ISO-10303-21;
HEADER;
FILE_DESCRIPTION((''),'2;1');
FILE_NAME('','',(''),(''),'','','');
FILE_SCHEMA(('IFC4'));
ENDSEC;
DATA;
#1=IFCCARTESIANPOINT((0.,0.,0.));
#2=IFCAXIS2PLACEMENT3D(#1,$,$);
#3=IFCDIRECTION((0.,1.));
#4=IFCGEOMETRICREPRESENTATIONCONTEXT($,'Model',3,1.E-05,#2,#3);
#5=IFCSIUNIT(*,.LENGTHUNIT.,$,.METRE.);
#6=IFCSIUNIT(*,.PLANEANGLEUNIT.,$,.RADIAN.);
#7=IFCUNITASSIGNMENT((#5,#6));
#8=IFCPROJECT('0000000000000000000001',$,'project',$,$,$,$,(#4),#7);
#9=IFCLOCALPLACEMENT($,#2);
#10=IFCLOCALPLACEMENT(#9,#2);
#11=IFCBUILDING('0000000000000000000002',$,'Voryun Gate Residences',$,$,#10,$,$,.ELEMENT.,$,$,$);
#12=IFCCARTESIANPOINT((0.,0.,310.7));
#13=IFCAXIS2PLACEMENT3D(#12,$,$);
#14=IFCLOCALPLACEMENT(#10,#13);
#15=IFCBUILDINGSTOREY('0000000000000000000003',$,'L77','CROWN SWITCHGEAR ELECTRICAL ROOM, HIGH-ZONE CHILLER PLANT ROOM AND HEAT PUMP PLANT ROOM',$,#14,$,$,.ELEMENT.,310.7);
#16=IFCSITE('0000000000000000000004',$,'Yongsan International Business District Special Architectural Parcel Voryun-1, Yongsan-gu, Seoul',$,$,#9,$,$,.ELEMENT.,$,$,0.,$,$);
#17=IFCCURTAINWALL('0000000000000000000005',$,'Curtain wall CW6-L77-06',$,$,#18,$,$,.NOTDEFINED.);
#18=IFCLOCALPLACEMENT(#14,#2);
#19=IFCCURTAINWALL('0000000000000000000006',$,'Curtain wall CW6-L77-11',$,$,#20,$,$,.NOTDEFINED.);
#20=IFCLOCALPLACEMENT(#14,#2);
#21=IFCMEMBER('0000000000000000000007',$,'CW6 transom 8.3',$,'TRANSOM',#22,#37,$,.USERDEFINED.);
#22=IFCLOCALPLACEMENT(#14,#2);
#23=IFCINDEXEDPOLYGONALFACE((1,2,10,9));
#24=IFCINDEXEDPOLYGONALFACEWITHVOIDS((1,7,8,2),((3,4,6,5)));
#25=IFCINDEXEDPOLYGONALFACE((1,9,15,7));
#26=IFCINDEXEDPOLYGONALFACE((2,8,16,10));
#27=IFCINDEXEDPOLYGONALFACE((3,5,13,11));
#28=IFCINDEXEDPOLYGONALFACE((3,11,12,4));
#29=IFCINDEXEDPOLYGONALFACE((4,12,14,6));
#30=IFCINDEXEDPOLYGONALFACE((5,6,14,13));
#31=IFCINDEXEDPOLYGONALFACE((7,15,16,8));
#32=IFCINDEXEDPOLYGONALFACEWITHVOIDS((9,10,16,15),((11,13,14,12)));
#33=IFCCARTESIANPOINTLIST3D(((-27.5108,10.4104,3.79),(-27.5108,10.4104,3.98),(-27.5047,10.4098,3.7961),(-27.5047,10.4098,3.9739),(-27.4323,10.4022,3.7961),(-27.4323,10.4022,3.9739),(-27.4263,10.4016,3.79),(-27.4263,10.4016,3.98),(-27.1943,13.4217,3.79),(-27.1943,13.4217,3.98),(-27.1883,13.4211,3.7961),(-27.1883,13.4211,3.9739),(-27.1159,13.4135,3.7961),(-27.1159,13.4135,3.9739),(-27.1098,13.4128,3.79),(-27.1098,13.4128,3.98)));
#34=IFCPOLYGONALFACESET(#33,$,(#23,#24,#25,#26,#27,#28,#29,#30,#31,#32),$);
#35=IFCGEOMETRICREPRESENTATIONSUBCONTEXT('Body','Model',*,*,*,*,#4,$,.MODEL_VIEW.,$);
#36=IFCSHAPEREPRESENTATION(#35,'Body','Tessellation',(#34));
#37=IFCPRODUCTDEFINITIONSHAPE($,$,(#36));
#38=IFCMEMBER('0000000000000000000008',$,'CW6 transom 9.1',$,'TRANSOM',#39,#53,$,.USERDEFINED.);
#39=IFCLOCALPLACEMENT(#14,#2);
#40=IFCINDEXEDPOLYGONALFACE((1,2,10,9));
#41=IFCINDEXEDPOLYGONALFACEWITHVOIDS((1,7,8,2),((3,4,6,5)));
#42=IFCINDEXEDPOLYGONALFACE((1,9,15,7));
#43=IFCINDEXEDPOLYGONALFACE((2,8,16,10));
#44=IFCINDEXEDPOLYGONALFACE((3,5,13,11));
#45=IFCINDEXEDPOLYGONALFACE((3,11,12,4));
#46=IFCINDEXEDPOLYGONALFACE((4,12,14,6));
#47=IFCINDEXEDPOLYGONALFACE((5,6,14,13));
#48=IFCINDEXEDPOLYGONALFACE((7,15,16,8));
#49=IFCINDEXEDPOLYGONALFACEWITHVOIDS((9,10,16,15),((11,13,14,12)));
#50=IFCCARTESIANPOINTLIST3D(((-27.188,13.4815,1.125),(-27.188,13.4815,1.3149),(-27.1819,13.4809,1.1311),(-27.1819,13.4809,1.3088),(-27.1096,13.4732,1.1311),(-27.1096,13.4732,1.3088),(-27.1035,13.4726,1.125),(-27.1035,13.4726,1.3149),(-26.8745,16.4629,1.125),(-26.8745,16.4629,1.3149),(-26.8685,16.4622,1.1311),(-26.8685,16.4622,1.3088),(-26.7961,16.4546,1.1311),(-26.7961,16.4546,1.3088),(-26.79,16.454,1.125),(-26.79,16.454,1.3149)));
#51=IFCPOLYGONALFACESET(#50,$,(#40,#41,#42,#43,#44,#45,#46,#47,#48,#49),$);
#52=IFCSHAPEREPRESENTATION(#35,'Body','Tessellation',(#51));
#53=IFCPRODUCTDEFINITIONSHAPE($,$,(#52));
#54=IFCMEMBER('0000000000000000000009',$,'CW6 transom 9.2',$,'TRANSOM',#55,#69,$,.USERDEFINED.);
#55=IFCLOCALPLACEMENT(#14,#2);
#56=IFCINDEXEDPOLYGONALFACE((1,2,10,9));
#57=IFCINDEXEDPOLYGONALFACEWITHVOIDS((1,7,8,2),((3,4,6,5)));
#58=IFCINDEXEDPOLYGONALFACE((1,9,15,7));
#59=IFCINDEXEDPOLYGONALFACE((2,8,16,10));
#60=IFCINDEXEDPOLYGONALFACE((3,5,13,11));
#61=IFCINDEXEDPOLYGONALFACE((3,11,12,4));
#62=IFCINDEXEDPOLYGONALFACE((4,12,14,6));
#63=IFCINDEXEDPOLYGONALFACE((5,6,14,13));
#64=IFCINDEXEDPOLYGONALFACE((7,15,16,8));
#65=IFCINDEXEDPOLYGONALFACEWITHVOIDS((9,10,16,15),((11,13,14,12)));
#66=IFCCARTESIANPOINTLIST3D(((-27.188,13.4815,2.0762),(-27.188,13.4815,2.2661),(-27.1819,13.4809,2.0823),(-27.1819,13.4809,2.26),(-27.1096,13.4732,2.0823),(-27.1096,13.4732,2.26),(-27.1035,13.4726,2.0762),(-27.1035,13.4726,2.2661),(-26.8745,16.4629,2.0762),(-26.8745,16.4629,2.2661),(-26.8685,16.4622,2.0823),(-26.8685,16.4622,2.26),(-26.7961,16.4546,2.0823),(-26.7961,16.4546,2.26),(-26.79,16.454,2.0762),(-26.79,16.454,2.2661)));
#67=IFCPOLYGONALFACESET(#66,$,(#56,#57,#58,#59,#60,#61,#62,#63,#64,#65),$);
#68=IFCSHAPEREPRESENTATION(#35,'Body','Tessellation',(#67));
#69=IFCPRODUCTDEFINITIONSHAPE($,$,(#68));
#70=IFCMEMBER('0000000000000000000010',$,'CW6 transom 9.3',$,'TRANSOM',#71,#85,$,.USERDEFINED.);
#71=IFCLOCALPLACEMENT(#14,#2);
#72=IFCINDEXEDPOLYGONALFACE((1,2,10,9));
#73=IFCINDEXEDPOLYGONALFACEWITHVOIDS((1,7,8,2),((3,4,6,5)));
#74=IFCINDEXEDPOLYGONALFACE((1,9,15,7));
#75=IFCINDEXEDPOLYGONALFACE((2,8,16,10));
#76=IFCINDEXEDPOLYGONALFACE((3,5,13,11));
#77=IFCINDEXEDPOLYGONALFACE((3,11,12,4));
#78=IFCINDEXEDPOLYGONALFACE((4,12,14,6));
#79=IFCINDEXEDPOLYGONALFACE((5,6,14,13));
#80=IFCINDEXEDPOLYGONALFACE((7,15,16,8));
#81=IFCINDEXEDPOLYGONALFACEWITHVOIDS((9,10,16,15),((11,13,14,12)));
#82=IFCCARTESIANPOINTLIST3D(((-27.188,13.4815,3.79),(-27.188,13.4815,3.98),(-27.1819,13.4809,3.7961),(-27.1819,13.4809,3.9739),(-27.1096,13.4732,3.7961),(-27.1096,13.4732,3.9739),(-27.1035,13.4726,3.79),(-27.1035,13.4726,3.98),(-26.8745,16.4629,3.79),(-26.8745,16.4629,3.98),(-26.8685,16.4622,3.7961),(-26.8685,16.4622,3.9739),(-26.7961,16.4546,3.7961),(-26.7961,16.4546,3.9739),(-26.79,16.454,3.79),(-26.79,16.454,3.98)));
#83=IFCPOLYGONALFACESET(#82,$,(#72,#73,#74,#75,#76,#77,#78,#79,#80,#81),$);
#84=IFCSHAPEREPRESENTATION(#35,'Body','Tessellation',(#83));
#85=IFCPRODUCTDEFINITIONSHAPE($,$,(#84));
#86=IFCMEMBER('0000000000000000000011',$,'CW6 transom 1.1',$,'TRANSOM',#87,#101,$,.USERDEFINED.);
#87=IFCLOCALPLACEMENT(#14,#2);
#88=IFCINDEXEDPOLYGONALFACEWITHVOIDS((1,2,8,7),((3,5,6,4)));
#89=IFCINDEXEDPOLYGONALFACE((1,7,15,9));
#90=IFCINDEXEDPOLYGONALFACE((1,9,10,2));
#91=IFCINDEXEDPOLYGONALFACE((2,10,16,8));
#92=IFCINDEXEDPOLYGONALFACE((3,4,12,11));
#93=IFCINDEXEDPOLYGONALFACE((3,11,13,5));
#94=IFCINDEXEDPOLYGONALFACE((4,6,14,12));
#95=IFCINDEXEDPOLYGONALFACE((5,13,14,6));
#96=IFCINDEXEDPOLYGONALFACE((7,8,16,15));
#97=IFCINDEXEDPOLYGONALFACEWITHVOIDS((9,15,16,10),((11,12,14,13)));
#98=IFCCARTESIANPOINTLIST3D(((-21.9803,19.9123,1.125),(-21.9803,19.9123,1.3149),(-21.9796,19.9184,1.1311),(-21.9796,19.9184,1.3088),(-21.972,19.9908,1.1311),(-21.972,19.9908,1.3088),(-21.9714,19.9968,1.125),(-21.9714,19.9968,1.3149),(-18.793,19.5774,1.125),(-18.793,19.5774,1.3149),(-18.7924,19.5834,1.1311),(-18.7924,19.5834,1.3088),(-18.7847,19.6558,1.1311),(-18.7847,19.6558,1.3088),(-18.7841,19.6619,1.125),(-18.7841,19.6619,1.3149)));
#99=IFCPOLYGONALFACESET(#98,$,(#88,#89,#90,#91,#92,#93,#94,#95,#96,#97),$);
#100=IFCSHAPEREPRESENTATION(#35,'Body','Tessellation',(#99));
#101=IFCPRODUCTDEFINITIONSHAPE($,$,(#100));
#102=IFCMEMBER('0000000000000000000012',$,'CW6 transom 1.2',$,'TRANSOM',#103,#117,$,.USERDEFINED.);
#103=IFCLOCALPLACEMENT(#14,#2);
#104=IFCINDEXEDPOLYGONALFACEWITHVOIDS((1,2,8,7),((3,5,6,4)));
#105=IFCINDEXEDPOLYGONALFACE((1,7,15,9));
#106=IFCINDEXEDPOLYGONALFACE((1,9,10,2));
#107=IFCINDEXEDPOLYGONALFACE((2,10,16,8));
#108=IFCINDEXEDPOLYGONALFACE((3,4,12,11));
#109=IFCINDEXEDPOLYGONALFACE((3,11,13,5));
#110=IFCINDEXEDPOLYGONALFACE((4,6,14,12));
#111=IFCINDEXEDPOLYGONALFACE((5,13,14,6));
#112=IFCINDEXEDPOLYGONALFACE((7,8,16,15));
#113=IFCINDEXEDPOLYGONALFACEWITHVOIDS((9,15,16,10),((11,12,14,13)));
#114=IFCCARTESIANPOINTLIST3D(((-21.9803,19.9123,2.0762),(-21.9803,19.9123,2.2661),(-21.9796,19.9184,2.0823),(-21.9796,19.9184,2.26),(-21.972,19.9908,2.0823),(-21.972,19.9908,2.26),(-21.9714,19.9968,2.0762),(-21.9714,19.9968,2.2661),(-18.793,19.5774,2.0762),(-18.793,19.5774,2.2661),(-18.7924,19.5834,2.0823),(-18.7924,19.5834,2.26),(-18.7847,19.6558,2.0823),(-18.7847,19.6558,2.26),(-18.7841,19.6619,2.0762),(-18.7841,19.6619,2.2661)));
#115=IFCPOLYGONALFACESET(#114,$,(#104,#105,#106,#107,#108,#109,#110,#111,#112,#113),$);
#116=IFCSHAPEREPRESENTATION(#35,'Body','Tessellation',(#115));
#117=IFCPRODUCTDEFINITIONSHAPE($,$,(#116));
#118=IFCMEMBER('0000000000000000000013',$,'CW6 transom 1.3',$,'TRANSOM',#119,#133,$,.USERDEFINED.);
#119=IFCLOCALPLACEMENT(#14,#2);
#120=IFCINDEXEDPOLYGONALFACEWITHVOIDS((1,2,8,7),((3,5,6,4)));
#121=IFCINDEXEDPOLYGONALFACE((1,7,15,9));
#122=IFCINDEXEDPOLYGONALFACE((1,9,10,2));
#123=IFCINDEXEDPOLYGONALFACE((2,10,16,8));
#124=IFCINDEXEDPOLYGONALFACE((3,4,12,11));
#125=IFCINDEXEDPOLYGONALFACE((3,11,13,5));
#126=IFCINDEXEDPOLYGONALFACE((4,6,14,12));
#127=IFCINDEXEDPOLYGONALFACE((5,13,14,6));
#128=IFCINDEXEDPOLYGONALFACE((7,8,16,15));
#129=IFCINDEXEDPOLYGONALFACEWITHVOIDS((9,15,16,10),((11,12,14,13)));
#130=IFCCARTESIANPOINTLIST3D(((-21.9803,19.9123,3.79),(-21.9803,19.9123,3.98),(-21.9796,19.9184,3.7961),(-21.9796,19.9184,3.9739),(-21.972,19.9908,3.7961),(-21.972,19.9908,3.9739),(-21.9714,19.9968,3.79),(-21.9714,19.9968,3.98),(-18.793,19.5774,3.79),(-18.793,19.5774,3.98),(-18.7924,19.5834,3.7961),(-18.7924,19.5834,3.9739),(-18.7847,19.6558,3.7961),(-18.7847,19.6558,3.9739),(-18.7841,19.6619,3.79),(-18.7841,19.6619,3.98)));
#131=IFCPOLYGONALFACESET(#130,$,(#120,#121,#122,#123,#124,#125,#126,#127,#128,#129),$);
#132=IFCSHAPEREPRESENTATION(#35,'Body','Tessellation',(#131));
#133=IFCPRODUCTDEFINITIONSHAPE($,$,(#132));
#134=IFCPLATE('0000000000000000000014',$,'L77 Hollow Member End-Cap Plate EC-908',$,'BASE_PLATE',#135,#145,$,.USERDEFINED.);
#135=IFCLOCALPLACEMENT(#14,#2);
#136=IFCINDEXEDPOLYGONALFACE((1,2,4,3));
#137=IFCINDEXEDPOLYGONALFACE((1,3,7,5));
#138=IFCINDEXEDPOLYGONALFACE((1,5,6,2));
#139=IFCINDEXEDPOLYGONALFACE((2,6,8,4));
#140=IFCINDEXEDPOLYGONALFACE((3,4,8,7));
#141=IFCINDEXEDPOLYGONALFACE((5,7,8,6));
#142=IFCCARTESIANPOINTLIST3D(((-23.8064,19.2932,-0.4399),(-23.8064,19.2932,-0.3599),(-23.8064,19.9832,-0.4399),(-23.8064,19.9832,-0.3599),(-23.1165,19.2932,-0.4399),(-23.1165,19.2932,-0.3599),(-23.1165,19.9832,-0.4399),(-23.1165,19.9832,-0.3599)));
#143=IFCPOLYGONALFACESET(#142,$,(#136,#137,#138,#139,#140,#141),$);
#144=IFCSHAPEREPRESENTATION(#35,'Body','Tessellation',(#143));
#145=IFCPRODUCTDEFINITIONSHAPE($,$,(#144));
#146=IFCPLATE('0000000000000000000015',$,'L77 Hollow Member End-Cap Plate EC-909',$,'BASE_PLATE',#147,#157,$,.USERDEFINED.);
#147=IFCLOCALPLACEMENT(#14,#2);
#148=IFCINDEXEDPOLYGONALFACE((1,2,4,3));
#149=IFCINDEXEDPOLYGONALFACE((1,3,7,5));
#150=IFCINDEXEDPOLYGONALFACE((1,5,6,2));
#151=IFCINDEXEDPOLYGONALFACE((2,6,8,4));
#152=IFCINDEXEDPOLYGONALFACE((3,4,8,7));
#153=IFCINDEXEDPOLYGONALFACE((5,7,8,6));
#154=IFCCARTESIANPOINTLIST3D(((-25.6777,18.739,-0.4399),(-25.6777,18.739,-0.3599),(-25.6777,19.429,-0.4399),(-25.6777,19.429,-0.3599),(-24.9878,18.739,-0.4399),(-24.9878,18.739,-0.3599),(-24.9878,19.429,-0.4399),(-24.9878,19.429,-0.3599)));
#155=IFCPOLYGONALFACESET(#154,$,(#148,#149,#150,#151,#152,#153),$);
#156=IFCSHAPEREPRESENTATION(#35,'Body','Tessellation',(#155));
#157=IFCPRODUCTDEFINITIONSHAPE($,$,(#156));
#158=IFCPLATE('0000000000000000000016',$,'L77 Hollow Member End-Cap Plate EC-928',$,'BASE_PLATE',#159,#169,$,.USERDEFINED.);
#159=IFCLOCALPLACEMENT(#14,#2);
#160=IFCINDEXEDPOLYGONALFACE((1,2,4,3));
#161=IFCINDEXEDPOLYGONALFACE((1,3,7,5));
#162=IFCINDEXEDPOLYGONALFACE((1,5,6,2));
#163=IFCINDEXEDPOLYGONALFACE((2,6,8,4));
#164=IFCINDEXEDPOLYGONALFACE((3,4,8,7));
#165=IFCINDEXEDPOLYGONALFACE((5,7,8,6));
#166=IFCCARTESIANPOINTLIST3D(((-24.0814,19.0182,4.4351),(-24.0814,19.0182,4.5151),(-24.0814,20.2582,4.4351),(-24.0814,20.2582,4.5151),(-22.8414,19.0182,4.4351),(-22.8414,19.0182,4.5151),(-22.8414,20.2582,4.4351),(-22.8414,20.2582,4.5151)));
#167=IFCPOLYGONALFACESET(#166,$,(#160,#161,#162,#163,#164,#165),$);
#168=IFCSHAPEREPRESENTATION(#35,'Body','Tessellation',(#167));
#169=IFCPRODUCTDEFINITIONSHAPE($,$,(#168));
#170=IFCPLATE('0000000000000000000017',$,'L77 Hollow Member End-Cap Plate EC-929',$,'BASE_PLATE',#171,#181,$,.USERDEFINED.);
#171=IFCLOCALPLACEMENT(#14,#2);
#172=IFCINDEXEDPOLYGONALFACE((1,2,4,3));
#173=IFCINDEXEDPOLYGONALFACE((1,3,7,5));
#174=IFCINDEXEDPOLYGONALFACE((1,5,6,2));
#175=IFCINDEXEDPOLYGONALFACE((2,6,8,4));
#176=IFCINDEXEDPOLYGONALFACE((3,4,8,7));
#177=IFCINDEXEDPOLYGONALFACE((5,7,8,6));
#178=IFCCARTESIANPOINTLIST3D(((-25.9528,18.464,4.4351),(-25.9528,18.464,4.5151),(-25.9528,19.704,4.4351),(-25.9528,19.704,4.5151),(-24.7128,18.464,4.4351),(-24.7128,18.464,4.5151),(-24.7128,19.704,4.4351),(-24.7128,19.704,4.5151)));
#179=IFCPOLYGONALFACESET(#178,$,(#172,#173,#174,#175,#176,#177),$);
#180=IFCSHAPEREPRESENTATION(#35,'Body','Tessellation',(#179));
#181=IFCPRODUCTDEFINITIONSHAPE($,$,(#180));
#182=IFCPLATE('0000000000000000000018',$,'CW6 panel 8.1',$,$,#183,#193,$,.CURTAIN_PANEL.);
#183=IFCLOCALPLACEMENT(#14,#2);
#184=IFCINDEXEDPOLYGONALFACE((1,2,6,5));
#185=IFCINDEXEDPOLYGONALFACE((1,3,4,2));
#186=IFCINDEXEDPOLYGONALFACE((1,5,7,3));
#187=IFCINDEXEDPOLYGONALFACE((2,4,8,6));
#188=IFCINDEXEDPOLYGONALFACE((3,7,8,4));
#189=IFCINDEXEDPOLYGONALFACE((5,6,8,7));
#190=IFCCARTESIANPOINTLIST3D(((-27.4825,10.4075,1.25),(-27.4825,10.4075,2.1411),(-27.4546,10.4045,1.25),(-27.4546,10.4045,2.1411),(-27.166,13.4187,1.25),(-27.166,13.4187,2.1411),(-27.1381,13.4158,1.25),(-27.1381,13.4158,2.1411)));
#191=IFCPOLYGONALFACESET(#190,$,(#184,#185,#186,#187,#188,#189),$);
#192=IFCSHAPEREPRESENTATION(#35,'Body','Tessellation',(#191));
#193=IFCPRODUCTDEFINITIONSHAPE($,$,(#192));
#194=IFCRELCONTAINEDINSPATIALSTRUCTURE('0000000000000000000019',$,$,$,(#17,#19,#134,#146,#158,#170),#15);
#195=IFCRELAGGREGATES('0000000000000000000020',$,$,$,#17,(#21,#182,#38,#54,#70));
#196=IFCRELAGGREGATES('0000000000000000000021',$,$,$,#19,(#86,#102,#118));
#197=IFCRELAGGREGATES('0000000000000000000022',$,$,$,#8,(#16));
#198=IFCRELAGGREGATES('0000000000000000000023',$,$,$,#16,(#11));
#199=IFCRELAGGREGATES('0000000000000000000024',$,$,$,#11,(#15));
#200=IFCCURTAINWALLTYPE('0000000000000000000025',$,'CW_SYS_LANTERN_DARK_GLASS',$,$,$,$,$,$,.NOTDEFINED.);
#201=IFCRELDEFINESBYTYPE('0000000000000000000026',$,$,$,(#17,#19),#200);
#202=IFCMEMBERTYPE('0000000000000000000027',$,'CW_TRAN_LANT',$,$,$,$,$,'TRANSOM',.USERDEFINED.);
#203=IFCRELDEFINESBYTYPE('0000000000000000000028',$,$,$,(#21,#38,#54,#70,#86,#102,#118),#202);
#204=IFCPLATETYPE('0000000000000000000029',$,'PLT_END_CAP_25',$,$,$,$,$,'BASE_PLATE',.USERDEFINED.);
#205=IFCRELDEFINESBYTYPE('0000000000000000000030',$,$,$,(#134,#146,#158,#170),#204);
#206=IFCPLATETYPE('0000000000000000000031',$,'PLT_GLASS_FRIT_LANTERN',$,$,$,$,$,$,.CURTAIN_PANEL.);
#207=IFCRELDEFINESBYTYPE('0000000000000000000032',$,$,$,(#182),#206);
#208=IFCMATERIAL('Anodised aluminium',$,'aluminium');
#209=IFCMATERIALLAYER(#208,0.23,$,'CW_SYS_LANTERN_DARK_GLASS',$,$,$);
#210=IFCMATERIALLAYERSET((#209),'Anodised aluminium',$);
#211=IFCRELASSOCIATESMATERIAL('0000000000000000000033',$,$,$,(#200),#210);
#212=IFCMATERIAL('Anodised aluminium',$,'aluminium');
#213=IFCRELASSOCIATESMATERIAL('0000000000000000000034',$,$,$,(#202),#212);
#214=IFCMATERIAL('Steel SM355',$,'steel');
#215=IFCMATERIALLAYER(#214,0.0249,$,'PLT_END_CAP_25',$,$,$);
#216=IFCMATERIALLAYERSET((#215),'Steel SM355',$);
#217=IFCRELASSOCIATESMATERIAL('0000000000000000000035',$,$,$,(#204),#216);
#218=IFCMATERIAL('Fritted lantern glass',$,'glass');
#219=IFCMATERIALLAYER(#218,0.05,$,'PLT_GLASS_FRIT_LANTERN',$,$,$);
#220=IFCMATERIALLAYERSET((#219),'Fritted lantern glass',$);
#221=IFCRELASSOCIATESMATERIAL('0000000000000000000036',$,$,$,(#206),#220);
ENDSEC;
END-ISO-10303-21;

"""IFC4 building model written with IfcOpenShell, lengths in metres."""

from ifc_helpers import new_model, si_unit, direction, frame, origin, origin_2d, place, context, subcontext, project, spatial, rectangle, hollow_rectangle, extrude, material, layer, layer_set, material_profile, profile_set, type_object, element, aggregate, save


model = new_model("IFC4")

# Units and contexts
model_context = context("Model", 3, precision=1e-05, world=origin(), true_north=direction((0.0, 1.0)))
body_context = subcontext(model_context, "Body", "Model", "MODEL_VIEW")
ifc_project = project(units=[si_unit("LENGTHUNIT", "METRE"), si_unit("PLANEANGLEUNIT", "RADIAN")], contexts=[model_context])

# Site, building, storey
site_placement = place(None, origin())
site = spatial("IfcSite", under=ifc_project, at=site_placement, Name="Yongsan International Business District Special Architectural Parcel Voryun-1, Yongsan-gu, Seoul", CompositionType="ELEMENT", RefElevation=0.0)
building_placement = place(site_placement, origin())
building = spatial("IfcBuilding", under=site, at=building_placement, Name="Voryun Gate Residences", CompositionType="ELEMENT")
storey_placement = place(building_placement, frame((0.0, 0.0, 310.7)))
storey = spatial("IfcBuildingStorey", under=building, at=storey_placement, Name="L77", Description="CROWN SWITCHGEAR ELECTRICAL ROOM, HIGH-ZONE CHILLER PLANT ROOM AND HEAT PUMP PLANT ROOM", CompositionType="ELEMENT", Elevation=310.7)

# Curtain wall
ifc_material_1 = material(Name="Anodised aluminium", Category="aluminium")
ifc_layer_1 = layer(ifc_material_1, 0.23, Name="CW_SYS_LANTERN_DARK_GLASS")
ifc_layer_set_1 = layer_set([ifc_layer_1], Name="Anodised aluminium")
curtain_wall_type = type_object("IfcCurtainWallType", Name="CW_SYS_LANTERN_DARK_GLASS", PredefinedType="NOTDEFINED", material=ifc_layer_set_1)
curtain_wall_1_placement = place(storey_placement, origin())
curtain_wall_1 = element("IfcCurtainWall", 1, at=curtain_wall_1_placement, inside=storey, type_object=curtain_wall_type, Name="Curtain wall CW6-L77-06", PredefinedType="NOTDEFINED")

# Curtain wall
curtain_wall_2_placement = place(storey_placement, origin())
curtain_wall_2 = element("IfcCurtainWall", 2, at=curtain_wall_2_placement, inside=storey, type_object=curtain_wall_type, Name="Curtain wall CW6-L77-11", PredefinedType="NOTDEFINED")

# Members
ifc_material_2 = material(Name="Anodised aluminium", Category="aluminium")
ifc_material_profile_1 = material_profile(ifc_material_2, hollow_rectangle(XDim=0.085, YDim=0.1899, WallThickness=0.0061, at=origin_2d()), Name="ALU-TRAN-190x85x6")
ifc_profile_set_1 = profile_set([ifc_material_profile_1], Name="Anodised aluminium")
member_type_1 = type_object("IfcMemberType", Name="CW_TRAN_LANT", ElementType="TRANSOM", PredefinedType="USERDEFINED", material=ifc_profile_set_1)
member_1_placement = place(storey_placement, frame((-27.4685, 10.406, 3.885), z_axis=(0.1045, 0.994525, 0.0), x_axis=(-0.994525, 0.1045, 0.0)))
member_1 = element("IfcMember", 3, at=member_1_placement, type_object=member_type_1, Name="CW6 transom 8.3", ObjectType="TRANSOM", PredefinedType="USERDEFINED", context=body_context, shape_type="SweptSolid", body=[
    extrude(hollow_rectangle(XDim=0.085, YDim=0.1899, WallThickness=0.0061, at=origin_2d()), origin(), (0.0, 0.0, 1.0), 3.0278),
])
member_2_placement = place(storey_placement, frame((-27.1458, 13.4771, 1.22), z_axis=(0.104566, 0.994518, 0.0), x_axis=(-0.994518, 0.104566, 0.0)))
member_2 = element("IfcMember", 4, at=member_2_placement, type_object=member_type_1, Name="CW6 transom 9.1", ObjectType="TRANSOM", PredefinedType="USERDEFINED", context=body_context, shape_type="SweptSolid", body=[
    extrude(hollow_rectangle(XDim=0.085, YDim=0.1899, WallThickness=0.0061, at=origin_2d()), origin(), (0.0, 0.0, 1.0), 2.9978),
])
member_3_placement = place(storey_placement, frame((-27.1458, 13.4771, 2.1711), z_axis=(0.104566, 0.994518, 0.0), x_axis=(-0.994518, 0.104566, 0.0)))
member_3 = element("IfcMember", 5, at=member_3_placement, type_object=member_type_1, Name="CW6 transom 9.2", ObjectType="TRANSOM", PredefinedType="USERDEFINED", context=body_context, shape_type="SweptSolid", body=[
    extrude(hollow_rectangle(XDim=0.085, YDim=0.1899, WallThickness=0.0061, at=origin_2d()), origin(), (0.0, 0.0, 1.0), 2.9978),
])
member_4_placement = place(storey_placement, frame((-27.1458, 13.4771, 3.885), z_axis=(0.104566, 0.994518, 0.0), x_axis=(-0.994518, 0.104566, 0.0)))
member_4 = element("IfcMember", 6, at=member_4_placement, type_object=member_type_1, Name="CW6 transom 9.3", ObjectType="TRANSOM", PredefinedType="USERDEFINED", context=body_context, shape_type="SweptSolid", body=[
    extrude(hollow_rectangle(XDim=0.085, YDim=0.1899, WallThickness=0.0061, at=origin_2d()), origin(), (0.0, 0.0, 1.0), 2.9978),
])
member_5_placement = place(storey_placement, frame((-21.9758, 19.9546, 1.22), z_axis=(0.994523, -0.104518, 0.0), x_axis=(0.104518, 0.994523, 0.0)))
member_5 = element("IfcMember", 7, at=member_5_placement, type_object=member_type_1, Name="CW6 transom 1.1", ObjectType="TRANSOM", PredefinedType="USERDEFINED", context=body_context, shape_type="SweptSolid", body=[
    extrude(hollow_rectangle(XDim=0.085, YDim=0.1899, WallThickness=0.0061, at=origin_2d()), origin(), (0.0, 0.0, 1.0), 3.2048),
])
member_6_placement = place(storey_placement, frame((-21.9758, 19.9546, 2.1711), z_axis=(0.994523, -0.104518, 0.0), x_axis=(0.104518, 0.994523, 0.0)))
member_6 = element("IfcMember", 8, at=member_6_placement, type_object=member_type_1, Name="CW6 transom 1.2", ObjectType="TRANSOM", PredefinedType="USERDEFINED", context=body_context, shape_type="SweptSolid", body=[
    extrude(hollow_rectangle(XDim=0.085, YDim=0.1899, WallThickness=0.0061, at=origin_2d()), origin(), (0.0, 0.0, 1.0), 3.2048),
])
member_7_placement = place(storey_placement, frame((-21.9758, 19.9546, 3.885), z_axis=(0.994523, -0.104518, 0.0), x_axis=(0.104518, 0.994523, 0.0)))
member_7 = element("IfcMember", 9, at=member_7_placement, type_object=member_type_1, Name="CW6 transom 1.3", ObjectType="TRANSOM", PredefinedType="USERDEFINED", context=body_context, shape_type="SweptSolid", body=[
    extrude(hollow_rectangle(XDim=0.085, YDim=0.1899, WallThickness=0.0061, at=origin_2d()), origin(), (0.0, 0.0, 1.0), 3.2048),
])

# Plates
ifc_material_3 = material(Name="Steel SM355", Category="steel")
ifc_layer_2 = layer(ifc_material_3, 0.0249, Name="PLT_END_CAP_25")
ifc_layer_set_2 = layer_set([ifc_layer_2], Name="Steel SM355")
plate_type_1 = type_object("IfcPlateType", Name="PLT_END_CAP_25", ElementType="BASE_PLATE", PredefinedType="USERDEFINED", material=ifc_layer_set_2)
for number, where, z_axis, x_axis, name in (
    (10, (-23.4614, 19.6382, -0.4399), (0.0, 0.0, 1.0), (1.0, 0.0, 0.0), "L77 Hollow Member End-Cap Plate EC-908"),
    (11, (-25.3328, 19.084, -0.4399), (0.0, 0.0, 1.0), (1.0, 0.0, 0.0), "L77 Hollow Member End-Cap Plate EC-909"),
):
    element("IfcPlate", number, at=place(storey_placement, frame(where, z_axis=z_axis, x_axis=x_axis)), inside=storey, type_object=plate_type_1, Name=name, ObjectType="BASE_PLATE", PredefinedType="USERDEFINED", context=body_context, shape_type="SweptSolid", body=[
        extrude(rectangle(XDim=0.6899, YDim=0.6899, at=origin_2d()), origin(), (0.0, 0.0, 1.0), 0.0801),
    ])
for number, where, z_axis, x_axis, name in (
    (12, (-23.4614, 19.6382, 4.4351), (0.0, 0.0, 1.0), (1.0, 0.0, 0.0), "L77 Hollow Member End-Cap Plate EC-928"),
    (13, (-25.3328, 19.084, 4.4351), (0.0, 0.0, 1.0), (1.0, 0.0, 0.0), "L77 Hollow Member End-Cap Plate EC-929"),
):
    element("IfcPlate", number, at=place(storey_placement, frame(where, z_axis=z_axis, x_axis=x_axis)), inside=storey, type_object=plate_type_1, Name=name, ObjectType="BASE_PLATE", PredefinedType="USERDEFINED", context=body_context, shape_type="SweptSolid", body=[
        extrude(rectangle(XDim=1.24, YDim=1.24, at=origin_2d()), origin(), (0.0, 0.0, 1.0), 0.0801),
    ])

# Plate
ifc_material_4 = material(Name="Fritted lantern glass", Category="glass")
ifc_layer_3 = layer(ifc_material_4, 0.05, Name="PLT_GLASS_FRIT_LANTERN")
ifc_layer_set_3 = layer_set([ifc_layer_3], Name="Fritted lantern glass")
plate_type_2 = type_object("IfcPlateType", Name="PLT_GLASS_FRIT_LANTERN", PredefinedType="CURTAIN_PANEL", material=ifc_layer_set_3)
plate_1_placement = place(storey_placement, frame((-27.3103, 11.9116, 1.25), z_axis=(0.0, 0.0, 1.0), x_axis=(0.104528, 0.994522, 0.0)))
plate_1 = element("IfcPlate", 14, at=plate_1_placement, type_object=plate_type_2, Name="CW6 panel 8.1", PredefinedType="CURTAIN_PANEL", context=body_context, shape_type="SweptSolid", body=[
    extrude(rectangle(XDim=3.0278, YDim=0.0281, at=origin_2d()), origin(), (0.0, 0.0, 1.0), 0.8911),
])
aggregate(curtain_wall_1, [member_1, plate_1, member_2, member_3, member_4])
aggregate(curtain_wall_2, [member_5, member_6, member_7])

save(model, "model.ifc")
